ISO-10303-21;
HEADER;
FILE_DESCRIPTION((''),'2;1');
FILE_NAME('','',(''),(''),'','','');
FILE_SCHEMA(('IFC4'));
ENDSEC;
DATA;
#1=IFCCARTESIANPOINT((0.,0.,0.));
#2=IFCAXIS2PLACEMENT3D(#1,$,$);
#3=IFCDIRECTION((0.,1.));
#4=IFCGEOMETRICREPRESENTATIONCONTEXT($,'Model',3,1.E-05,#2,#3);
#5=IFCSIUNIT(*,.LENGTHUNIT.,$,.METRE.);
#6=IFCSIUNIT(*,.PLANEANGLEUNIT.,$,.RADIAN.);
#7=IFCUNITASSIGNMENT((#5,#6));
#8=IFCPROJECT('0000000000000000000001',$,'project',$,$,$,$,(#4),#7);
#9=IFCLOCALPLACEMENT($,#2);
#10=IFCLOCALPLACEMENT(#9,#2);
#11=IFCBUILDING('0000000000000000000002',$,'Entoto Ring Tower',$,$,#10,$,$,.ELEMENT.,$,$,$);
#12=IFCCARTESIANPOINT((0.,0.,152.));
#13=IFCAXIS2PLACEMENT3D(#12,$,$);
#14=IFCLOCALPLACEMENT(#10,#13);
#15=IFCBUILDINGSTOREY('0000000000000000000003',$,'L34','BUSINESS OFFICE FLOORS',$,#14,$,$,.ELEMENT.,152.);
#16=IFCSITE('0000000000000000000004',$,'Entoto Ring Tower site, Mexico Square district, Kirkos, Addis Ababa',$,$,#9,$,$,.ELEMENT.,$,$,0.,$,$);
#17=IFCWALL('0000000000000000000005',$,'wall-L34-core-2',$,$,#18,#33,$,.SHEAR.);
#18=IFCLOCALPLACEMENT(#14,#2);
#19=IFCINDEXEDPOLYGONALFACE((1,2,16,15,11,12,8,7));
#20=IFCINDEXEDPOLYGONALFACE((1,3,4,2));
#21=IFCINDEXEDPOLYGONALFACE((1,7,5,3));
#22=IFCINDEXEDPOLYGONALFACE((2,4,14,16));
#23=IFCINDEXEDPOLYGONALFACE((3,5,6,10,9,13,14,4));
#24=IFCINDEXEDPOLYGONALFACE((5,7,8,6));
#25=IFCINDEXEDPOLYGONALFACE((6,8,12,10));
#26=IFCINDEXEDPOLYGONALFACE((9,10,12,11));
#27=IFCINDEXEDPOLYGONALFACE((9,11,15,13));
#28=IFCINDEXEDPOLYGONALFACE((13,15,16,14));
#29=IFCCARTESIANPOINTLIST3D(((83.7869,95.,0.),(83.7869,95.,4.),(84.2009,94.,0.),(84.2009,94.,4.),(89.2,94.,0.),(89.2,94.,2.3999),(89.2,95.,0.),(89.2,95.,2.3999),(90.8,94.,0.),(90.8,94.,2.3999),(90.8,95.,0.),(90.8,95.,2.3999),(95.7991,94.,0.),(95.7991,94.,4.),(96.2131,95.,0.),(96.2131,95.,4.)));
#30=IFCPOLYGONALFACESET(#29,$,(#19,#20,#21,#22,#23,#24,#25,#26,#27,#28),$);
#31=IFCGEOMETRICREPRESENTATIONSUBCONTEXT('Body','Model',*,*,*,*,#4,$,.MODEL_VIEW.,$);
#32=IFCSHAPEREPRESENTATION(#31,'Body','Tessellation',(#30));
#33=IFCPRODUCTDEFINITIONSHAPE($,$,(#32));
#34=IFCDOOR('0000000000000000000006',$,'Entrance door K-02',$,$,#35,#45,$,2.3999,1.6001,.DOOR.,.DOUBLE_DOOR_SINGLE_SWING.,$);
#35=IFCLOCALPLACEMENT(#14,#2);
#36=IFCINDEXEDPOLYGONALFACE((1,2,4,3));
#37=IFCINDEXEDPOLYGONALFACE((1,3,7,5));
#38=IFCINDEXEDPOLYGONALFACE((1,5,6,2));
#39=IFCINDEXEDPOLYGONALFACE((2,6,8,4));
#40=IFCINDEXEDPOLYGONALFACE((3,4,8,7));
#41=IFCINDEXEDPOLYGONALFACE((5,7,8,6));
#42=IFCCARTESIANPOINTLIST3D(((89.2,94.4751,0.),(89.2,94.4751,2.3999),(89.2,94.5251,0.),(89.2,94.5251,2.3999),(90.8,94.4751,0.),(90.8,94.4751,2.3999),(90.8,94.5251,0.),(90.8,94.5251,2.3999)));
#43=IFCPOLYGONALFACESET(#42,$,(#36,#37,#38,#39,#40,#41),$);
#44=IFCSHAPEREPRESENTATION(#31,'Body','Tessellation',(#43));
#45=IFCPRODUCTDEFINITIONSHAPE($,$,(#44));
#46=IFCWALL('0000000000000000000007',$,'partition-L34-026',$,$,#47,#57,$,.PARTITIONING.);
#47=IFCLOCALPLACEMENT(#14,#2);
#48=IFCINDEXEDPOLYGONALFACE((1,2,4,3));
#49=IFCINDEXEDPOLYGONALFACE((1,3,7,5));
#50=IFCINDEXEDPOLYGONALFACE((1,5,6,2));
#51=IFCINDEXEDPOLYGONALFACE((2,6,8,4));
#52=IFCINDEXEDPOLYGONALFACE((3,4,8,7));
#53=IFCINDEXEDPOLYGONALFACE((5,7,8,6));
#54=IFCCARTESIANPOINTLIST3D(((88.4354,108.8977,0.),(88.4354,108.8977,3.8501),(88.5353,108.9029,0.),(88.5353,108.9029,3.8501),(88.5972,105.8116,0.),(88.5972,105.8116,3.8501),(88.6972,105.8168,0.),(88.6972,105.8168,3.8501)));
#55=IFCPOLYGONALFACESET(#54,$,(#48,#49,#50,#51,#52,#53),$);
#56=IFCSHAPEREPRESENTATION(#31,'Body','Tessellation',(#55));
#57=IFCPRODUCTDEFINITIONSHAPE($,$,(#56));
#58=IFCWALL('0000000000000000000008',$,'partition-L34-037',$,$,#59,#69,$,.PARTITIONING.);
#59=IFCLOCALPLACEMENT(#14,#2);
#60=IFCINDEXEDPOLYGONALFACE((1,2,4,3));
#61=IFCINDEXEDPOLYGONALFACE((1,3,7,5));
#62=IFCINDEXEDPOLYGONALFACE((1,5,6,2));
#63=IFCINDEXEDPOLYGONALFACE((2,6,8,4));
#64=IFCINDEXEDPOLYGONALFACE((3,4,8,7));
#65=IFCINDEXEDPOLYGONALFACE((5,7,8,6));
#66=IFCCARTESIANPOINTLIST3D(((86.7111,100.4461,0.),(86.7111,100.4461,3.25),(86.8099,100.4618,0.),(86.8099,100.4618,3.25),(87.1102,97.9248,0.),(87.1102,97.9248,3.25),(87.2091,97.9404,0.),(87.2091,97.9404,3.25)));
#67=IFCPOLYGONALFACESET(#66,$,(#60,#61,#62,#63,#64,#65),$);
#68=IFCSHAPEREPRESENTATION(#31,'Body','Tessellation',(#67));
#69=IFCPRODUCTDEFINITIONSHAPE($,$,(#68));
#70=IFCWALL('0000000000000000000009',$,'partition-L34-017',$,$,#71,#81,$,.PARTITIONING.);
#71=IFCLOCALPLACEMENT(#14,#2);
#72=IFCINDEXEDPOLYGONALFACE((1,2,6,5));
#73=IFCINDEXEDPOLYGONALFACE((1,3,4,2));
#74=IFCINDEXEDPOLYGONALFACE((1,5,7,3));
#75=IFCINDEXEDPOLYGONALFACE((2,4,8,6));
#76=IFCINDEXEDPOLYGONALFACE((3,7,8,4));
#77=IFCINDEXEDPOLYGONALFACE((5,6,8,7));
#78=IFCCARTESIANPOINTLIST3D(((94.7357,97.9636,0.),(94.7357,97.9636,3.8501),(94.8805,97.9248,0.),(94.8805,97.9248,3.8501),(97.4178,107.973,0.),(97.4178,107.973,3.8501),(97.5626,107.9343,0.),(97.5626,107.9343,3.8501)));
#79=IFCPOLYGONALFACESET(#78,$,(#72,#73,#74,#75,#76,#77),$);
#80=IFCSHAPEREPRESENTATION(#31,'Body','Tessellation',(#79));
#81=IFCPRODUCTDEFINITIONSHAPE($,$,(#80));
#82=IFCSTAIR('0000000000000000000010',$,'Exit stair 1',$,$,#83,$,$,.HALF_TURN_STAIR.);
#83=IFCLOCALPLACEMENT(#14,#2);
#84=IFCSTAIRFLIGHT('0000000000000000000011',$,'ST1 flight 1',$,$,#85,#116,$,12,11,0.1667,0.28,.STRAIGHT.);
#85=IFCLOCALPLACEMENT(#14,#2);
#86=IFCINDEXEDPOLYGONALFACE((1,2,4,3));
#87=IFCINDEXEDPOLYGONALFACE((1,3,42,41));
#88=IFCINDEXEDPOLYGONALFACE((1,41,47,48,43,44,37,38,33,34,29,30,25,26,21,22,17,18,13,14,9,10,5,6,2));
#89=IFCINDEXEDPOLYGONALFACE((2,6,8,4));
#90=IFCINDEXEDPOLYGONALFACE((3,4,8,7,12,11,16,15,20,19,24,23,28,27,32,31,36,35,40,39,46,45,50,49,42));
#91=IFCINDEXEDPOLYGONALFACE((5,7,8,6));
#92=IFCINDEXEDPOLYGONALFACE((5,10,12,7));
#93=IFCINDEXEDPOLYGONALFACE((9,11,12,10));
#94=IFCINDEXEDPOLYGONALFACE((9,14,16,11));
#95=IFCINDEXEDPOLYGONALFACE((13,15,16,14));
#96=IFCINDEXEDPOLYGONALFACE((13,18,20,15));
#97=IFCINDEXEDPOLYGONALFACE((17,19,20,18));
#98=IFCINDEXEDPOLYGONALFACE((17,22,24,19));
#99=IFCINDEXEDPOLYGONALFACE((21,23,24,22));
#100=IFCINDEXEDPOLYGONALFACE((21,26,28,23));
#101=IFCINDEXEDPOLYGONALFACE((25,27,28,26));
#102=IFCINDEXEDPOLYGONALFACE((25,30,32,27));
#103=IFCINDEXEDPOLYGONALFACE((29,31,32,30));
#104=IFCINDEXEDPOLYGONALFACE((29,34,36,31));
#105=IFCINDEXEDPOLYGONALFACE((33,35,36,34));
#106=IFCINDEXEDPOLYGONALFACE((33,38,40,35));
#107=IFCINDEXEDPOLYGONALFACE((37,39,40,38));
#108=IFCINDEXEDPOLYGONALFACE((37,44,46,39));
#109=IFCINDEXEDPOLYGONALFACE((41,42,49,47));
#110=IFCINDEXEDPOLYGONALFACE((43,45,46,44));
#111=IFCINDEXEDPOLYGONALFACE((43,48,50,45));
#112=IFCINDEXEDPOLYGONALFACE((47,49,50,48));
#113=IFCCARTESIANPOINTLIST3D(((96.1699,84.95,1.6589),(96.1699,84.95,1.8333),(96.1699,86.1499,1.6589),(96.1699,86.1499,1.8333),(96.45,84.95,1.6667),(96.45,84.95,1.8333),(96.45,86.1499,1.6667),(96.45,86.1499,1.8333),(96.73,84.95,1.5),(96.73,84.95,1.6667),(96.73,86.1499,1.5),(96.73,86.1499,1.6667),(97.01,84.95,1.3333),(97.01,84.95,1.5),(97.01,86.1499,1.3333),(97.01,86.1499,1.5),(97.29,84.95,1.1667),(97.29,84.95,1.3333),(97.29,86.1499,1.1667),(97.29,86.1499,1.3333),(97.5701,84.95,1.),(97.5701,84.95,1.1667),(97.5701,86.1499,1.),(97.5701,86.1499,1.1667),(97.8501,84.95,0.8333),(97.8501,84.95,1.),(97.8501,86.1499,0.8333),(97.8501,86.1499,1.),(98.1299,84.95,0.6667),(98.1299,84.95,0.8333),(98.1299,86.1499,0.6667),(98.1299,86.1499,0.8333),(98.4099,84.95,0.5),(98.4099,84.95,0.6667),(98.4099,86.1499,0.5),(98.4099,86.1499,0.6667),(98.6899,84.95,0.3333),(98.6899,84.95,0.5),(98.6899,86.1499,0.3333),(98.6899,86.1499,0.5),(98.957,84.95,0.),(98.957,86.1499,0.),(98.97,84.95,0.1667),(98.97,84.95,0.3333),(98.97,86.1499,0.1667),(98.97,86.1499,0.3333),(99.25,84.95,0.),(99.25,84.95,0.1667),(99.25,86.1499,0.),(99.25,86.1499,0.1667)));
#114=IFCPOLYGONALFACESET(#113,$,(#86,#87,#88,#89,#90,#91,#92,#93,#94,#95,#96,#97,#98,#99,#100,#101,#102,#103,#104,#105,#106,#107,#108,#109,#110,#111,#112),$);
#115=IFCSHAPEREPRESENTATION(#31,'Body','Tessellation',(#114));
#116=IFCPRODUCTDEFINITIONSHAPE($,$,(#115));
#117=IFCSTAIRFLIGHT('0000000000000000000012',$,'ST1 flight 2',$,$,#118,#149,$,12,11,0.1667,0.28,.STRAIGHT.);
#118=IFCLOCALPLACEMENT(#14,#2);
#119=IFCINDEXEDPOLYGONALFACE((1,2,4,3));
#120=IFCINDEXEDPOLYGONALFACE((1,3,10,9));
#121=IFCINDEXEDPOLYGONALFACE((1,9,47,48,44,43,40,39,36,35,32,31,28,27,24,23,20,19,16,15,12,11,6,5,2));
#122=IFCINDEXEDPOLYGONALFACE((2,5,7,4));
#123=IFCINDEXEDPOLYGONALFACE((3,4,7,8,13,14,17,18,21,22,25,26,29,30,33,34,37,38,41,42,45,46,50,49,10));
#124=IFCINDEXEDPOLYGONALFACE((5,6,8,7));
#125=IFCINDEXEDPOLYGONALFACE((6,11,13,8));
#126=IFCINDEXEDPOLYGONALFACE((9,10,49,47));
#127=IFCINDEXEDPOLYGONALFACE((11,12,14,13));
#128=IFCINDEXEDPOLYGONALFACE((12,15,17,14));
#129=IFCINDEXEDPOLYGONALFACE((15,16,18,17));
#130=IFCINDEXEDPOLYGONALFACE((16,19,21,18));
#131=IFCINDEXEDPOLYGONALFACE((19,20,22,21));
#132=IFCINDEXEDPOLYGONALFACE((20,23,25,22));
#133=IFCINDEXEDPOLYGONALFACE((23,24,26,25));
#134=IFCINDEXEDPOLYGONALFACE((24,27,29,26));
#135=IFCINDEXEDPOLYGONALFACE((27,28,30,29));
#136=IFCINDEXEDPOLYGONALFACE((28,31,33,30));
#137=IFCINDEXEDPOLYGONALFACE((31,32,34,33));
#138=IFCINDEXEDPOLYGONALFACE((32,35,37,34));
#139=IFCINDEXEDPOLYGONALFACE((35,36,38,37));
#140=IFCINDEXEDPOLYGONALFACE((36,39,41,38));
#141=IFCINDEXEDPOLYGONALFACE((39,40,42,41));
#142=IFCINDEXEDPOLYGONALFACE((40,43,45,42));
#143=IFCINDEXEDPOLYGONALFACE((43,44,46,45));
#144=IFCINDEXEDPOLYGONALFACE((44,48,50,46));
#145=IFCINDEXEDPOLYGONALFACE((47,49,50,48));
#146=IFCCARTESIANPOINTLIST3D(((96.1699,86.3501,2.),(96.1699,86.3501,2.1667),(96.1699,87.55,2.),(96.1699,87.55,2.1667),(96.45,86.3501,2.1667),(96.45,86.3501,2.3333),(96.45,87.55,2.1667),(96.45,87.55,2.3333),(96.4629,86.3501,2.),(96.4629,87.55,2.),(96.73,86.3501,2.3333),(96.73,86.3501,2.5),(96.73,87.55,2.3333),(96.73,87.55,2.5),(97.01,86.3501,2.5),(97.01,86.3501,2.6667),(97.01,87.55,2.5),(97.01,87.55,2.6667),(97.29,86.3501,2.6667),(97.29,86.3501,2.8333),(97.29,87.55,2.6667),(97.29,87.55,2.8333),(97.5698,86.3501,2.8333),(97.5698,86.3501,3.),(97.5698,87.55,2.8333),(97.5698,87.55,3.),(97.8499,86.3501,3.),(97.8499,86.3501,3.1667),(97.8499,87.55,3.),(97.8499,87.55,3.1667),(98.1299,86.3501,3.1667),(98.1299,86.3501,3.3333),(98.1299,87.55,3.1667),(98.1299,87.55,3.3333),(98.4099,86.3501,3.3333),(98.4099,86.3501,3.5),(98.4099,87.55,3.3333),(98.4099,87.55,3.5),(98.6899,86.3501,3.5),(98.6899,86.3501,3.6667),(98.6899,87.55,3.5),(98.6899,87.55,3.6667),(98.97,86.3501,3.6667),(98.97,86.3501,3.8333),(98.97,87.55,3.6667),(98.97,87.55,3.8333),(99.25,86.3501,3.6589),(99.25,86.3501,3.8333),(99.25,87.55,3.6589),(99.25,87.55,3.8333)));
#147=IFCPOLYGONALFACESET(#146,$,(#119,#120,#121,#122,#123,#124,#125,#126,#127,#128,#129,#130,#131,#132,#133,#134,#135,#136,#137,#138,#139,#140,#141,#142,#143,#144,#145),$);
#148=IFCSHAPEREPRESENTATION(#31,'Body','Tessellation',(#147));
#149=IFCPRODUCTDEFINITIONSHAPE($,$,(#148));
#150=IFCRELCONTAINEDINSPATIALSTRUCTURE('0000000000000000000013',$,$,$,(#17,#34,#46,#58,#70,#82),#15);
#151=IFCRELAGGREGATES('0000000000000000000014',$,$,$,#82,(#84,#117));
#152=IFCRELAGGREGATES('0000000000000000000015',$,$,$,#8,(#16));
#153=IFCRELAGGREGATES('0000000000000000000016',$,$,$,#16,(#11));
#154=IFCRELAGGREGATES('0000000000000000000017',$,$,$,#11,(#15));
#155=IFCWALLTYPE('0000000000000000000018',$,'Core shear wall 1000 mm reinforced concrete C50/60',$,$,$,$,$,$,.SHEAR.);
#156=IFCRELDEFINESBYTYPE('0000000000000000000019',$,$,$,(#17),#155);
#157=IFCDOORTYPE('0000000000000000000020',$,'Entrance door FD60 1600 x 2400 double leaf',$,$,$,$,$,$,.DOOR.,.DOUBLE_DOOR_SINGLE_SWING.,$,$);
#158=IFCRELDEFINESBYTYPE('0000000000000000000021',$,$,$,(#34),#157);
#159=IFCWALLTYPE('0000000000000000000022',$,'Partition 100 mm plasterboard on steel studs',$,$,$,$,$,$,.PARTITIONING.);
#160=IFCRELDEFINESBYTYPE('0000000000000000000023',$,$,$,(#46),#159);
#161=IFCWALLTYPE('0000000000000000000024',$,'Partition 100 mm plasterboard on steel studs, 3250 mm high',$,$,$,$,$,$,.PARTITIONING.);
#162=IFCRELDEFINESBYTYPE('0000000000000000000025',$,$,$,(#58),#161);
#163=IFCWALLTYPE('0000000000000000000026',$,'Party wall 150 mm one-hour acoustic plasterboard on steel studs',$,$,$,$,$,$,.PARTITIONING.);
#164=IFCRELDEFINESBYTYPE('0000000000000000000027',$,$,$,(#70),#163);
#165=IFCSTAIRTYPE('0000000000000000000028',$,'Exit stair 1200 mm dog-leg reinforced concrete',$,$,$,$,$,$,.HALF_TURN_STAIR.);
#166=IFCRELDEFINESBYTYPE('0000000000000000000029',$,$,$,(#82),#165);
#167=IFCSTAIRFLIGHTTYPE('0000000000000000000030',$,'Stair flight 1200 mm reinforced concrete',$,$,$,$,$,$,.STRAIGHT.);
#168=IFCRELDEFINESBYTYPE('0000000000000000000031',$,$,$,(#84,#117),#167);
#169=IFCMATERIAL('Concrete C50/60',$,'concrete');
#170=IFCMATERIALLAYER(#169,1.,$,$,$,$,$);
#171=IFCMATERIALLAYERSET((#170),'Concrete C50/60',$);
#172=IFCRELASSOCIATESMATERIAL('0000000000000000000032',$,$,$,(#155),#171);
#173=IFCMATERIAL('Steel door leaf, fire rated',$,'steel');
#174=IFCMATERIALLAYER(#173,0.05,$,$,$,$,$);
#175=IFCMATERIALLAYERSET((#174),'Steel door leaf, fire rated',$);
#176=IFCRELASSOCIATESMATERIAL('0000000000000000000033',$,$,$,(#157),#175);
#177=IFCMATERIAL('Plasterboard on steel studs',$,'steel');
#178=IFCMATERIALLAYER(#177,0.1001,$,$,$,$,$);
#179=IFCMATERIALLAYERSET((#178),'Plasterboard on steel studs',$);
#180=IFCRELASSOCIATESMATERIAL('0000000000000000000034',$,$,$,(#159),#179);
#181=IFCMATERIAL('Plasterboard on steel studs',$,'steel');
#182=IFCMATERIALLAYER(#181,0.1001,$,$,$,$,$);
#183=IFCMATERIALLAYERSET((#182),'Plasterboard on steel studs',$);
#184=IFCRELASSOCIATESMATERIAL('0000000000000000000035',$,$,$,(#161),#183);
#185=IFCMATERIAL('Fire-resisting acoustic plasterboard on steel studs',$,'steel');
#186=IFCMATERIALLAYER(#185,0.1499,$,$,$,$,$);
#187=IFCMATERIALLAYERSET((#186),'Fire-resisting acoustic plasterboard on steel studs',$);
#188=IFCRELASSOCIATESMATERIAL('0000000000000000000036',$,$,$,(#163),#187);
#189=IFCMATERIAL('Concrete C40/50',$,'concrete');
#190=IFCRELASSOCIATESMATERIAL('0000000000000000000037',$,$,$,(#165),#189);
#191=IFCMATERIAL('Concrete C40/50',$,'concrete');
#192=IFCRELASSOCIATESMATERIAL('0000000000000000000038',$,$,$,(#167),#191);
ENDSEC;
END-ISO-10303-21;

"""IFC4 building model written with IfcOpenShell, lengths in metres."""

from ifc_helpers import new_model, si_unit, direction, frame, frame_2d, origin, place, context, subcontext, project, spatial, polyline, rectangle, outline, extrude, material, layer, layer_set, type_object, element, fill, aggregate, save


model = new_model("IFC4")

# Units and contexts
model_context = context("Model", 3, precision=1e-05, world=origin(), true_north=direction((0.0, 1.0)))
body_context = subcontext(model_context, "Body", "Model", "MODEL_VIEW")
ifc_project = project(units=[si_unit("LENGTHUNIT", "METRE"), si_unit("PLANEANGLEUNIT", "RADIAN")], contexts=[model_context])

# Site, building, storey
site_placement = place(None, origin())
site = spatial("IfcSite", under=ifc_project, at=site_placement, Name="Entoto Ring Tower site, Mexico Square district, Kirkos, Addis Ababa", CompositionType="ELEMENT", RefElevation=0.0)
building_placement = place(site_placement, origin())
building = spatial("IfcBuilding", under=site, at=building_placement, Name="Entoto Ring Tower", CompositionType="ELEMENT")
storey_placement = place(building_placement, frame((0.0, 0.0, 152.0)))
storey = spatial("IfcBuildingStorey", under=building, at=storey_placement, Name="L34", Description="BUSINESS OFFICE FLOORS", CompositionType="ELEMENT", Elevation=152.0)

# Wall, opening, door
ifc_material_1 = material(Name="Concrete C50/60", Category="concrete")
ifc_layer_1 = layer(ifc_material_1, 1.0)
ifc_layer_set_1 = layer_set([ifc_layer_1], Name="Concrete C50/60")
wall_type_1 = type_object("IfcWallType", Name="Core shear wall 1000 mm reinforced concrete C50/60", PredefinedType="SHEAR", material=ifc_layer_set_1)
wall_1_placement = place(storey_placement, frame((96.0061, 94.5, 0.0), z_axis=(0.0, 0.0, 1.0), x_axis=(-1.0, 0.0, 0.0)))
wall_1 = element("IfcWall", 1, at=wall_1_placement, inside=storey, type_object=wall_type_1, Name="wall-L34-core-2", PredefinedType="SHEAR", context=body_context, shape_type="SweptSolid", body=[
    extrude(outline(polyline([(-0.207, -0.5), (12.2192, -0.5), (11.8052, 0.5), (0.207, 0.5), (-0.207, -0.5)])), origin(), (0.0, 0.0, 1.0), 4.0),
])
opening_1_placement = place(wall_1_placement, frame((5.2061, 0.0, 0.0)))
opening_1 = element("IfcOpeningElement", 2, at=opening_1_placement, cuts=wall_1, PredefinedType="OPENING", context=body_context, shape_type="SweptSolid", body=[
    extrude(rectangle(XDim=1.6001, YDim=2.3999, at=frame_2d((0.8, 1.2))), frame((0.0, 0.51, 0.0), z_axis=(0.0, -1.0, 0.0), x_axis=(1.0, 0.0, 0.0)), (0.0, 0.0, 1.0), 1.02),
])
ifc_material_2 = material(Name="Steel door leaf, fire rated", Category="steel")
ifc_layer_2 = layer(ifc_material_2, 0.05)
ifc_layer_set_2 = layer_set([ifc_layer_2], Name="Steel door leaf, fire rated")
door_type_1 = type_object("IfcDoorType", Name="Entrance door FD60 1600 x 2400 double leaf", OperationType="DOUBLE_DOOR_SINGLE_SWING", PredefinedType="DOOR", material=ifc_layer_set_2)
door_1_placement = place(opening_1_placement, origin())
door_1 = element("IfcDoor", 3, at=door_1_placement, inside=storey, type_object=door_type_1, Name="Entrance door K-02", OperationType="DOUBLE_DOOR_SINGLE_SWING", OverallHeight=2.3999, OverallWidth=1.6001, PredefinedType="DOOR", context=body_context, shape_type="SweptSolid", body=[
    extrude(rectangle(XDim=1.6001, YDim=2.3999, at=frame_2d((0.8, 1.2))), frame((0.0, 0.0249, 0.0), z_axis=(0.0, -1.0, 0.0), x_axis=(1.0, 0.0, 0.0)), (0.0, 0.0, 1.0), 0.05),
])
fill(opening_1, door_1)

# Walls
ifc_material_3 = material(Name="Plasterboard on steel studs", Category="steel")
ifc_layer_3 = layer(ifc_material_3, 0.1001)
ifc_layer_set_3 = layer_set([ifc_layer_3], Name="Plasterboard on steel studs")
wall_type_2 = type_object("IfcWallType", Name="Partition 100 mm plasterboard on steel studs", PredefinedType="PARTITIONING", material=ifc_layer_set_3)
wall_2_placement = place(storey_placement, frame((88.6472, 105.8142, 0.0), z_axis=(0.0, 0.0, 1.0), x_axis=(-0.052376, 0.998627, 0.0)))
element("IfcWall", 4, at=wall_2_placement, inside=storey, type_object=wall_type_2, Name="partition-L34-026", PredefinedType="PARTITIONING", context=body_context, shape_type="SweptSolid", body=[
    extrude(rectangle(XDim=3.0903, YDim=0.1001, at=frame_2d((1.5452, 0.0))), origin(), (0.0, 0.0, 1.0), 3.8501),
])
ifc_material_4 = material(Name="Plasterboard on steel studs", Category="steel")
ifc_layer_4 = layer(ifc_material_4, 0.1001)
ifc_layer_set_4 = layer_set([ifc_layer_4], Name="Plasterboard on steel studs")
wall_type_3 = type_object("IfcWallType", Name="Partition 100 mm plasterboard on steel studs, 3250 mm high", PredefinedType="PARTITIONING", material=ifc_layer_set_4)
wall_3_placement = place(storey_placement, frame((87.1597, 97.9326, 0.0), z_axis=(0.0, 0.0, 1.0), x_axis=(-0.156375, 0.987698, 0.0)))
element("IfcWall", 5, at=wall_3_placement, inside=storey, type_object=wall_type_3, Name="partition-L34-037", PredefinedType="PARTITIONING", context=body_context, shape_type="SweptSolid", body=[
    extrude(rectangle(XDim=2.5527, YDim=0.1001, at=frame_2d((1.2764, 0.0))), origin(), (0.0, 0.0, 1.0), 3.25),
])
ifc_material_5 = material(Name="Fire-resisting acoustic plasterboard on steel studs", Category="steel")
ifc_layer_5 = layer(ifc_material_5, 0.1499)
ifc_layer_set_5 = layer_set([ifc_layer_5], Name="Fire-resisting acoustic plasterboard on steel studs")
wall_type_4 = type_object("IfcWallType", Name="Party wall 150 mm one-hour acoustic plasterboard on steel studs", PredefinedType="PARTITIONING", material=ifc_layer_set_5)
wall_4_placement = place(storey_placement, frame((94.8081, 97.9443, 0.0), z_axis=(0.0, 0.0, 1.0), x_axis=(0.258827, 0.965924, 0.0)))
element("IfcWall", 6, at=wall_4_placement, inside=storey, type_object=wall_type_4, Name="partition-L34-017", PredefinedType="PARTITIONING", context=body_context, shape_type="SweptSolid", body=[
    extrude(rectangle(XDim=10.3625, YDim=0.1499, at=frame_2d((5.1812, 0.0))), origin(), (0.0, 0.0, 1.0), 3.8501),
])

# Stair, stair flights
ifc_material_6 = material(Name="Concrete C40/50", Category="concrete")
stair_type = type_object("IfcStairType", Name="Exit stair 1200 mm dog-leg reinforced concrete", PredefinedType="HALF_TURN_STAIR", material=ifc_material_6)
stair_placement = place(storey_placement, origin())
stair = element("IfcStair", 7, at=stair_placement, inside=storey, type_object=stair_type, Name="Exit stair 1", PredefinedType="HALF_TURN_STAIR")
ifc_material_7 = material(Name="Concrete C40/50", Category="concrete")
stair_flight_type = type_object("IfcStairFlightType", Name="Stair flight 1200 mm reinforced concrete", PredefinedType="STRAIGHT", material=ifc_material_7)
stair_flight_1_placement = place(storey_placement, frame((99.25, 85.55, 0.0), z_axis=(0.0, 0.0, 1.0), x_axis=(-1.0, 0.0, 0.0)))
stair_flight_1 = element("IfcStairFlight", 8, at=stair_flight_1_placement, type_object=stair_flight_type, Name="ST1 flight 1", NumberOfRisers=12, NumberOfTreads=11, PredefinedType="STRAIGHT", RiserHeight=0.1667, TreadLength=0.28, context=body_context, shape_type="SweptSolid", body=[
    extrude(outline(polyline([(0.0, 0.0), (0.0, 0.1667), (0.28, 0.1667), (0.28, 0.3333), (0.5601, 0.3333), (0.5601, 0.5), (0.8401, 0.5), (0.8401, 0.6667), (1.1201, 0.6667), (1.1201, 0.8333), (1.3999, 0.8333), (1.3999, 1.0), (1.6799, 1.0), (1.6799, 1.1667), (1.96, 1.1667), (1.96, 1.3333), (2.24, 1.3333), (2.24, 1.5), (2.52, 1.5), (2.52, 1.6667), (2.8, 1.6667), (2.8, 1.8333), (3.0801, 1.8333), (3.0801, 2.0), (3.0801, 1.6589), (0.293, 0.0), (0.0, 0.0)])), frame((0.0, 0.6001, 0.0), z_axis=(0.0, -1.0, 0.0), x_axis=(1.0, 0.0, 0.0)), (0.0, 0.0, 1.0), 1.2),
])
stair_flight_2_placement = place(storey_placement, frame((96.1699, 86.95, 2.0), z_axis=(0.0, 0.0, 1.0), x_axis=(1.0, 0.0, 0.0)))
stair_flight_2 = element("IfcStairFlight", 9, at=stair_flight_2_placement, type_object=stair_flight_type, Name="ST1 flight 2", NumberOfRisers=12, NumberOfTreads=11, PredefinedType="STRAIGHT", RiserHeight=0.1667, TreadLength=0.28, context=body_context, shape_type="SweptSolid", body=[
    extrude(outline(polyline([(0.0, 0.0), (0.0, 0.1667), (0.28, 0.1667), (0.28, 0.3333), (0.5601, 0.3333), (0.5601, 0.5), (0.8401, 0.5), (0.8401, 0.6667), (1.1201, 0.6667), (1.1201, 0.8333), (1.3999, 0.8333), (1.3999, 1.0), (1.6799, 1.0), (1.6799, 1.1667), (1.96, 1.1667), (1.96, 1.3333), (2.24, 1.3333), (2.24, 1.5), (2.52, 1.5), (2.52, 1.6667), (2.8, 1.6667), (2.8, 1.8333), (3.0801, 1.8333), (3.0801, 2.0), (3.0801, 1.6589), (0.293, 0.0), (0.0, 0.0)])), frame((0.0, 0.6001, 0.0), z_axis=(0.0, -1.0, 0.0), x_axis=(1.0, 0.0, 0.0)), (0.0, 0.0, 1.0), 1.2),
])
aggregate(stair, [stair_flight_1, stair_flight_2])

save(model, "model.ifc")
